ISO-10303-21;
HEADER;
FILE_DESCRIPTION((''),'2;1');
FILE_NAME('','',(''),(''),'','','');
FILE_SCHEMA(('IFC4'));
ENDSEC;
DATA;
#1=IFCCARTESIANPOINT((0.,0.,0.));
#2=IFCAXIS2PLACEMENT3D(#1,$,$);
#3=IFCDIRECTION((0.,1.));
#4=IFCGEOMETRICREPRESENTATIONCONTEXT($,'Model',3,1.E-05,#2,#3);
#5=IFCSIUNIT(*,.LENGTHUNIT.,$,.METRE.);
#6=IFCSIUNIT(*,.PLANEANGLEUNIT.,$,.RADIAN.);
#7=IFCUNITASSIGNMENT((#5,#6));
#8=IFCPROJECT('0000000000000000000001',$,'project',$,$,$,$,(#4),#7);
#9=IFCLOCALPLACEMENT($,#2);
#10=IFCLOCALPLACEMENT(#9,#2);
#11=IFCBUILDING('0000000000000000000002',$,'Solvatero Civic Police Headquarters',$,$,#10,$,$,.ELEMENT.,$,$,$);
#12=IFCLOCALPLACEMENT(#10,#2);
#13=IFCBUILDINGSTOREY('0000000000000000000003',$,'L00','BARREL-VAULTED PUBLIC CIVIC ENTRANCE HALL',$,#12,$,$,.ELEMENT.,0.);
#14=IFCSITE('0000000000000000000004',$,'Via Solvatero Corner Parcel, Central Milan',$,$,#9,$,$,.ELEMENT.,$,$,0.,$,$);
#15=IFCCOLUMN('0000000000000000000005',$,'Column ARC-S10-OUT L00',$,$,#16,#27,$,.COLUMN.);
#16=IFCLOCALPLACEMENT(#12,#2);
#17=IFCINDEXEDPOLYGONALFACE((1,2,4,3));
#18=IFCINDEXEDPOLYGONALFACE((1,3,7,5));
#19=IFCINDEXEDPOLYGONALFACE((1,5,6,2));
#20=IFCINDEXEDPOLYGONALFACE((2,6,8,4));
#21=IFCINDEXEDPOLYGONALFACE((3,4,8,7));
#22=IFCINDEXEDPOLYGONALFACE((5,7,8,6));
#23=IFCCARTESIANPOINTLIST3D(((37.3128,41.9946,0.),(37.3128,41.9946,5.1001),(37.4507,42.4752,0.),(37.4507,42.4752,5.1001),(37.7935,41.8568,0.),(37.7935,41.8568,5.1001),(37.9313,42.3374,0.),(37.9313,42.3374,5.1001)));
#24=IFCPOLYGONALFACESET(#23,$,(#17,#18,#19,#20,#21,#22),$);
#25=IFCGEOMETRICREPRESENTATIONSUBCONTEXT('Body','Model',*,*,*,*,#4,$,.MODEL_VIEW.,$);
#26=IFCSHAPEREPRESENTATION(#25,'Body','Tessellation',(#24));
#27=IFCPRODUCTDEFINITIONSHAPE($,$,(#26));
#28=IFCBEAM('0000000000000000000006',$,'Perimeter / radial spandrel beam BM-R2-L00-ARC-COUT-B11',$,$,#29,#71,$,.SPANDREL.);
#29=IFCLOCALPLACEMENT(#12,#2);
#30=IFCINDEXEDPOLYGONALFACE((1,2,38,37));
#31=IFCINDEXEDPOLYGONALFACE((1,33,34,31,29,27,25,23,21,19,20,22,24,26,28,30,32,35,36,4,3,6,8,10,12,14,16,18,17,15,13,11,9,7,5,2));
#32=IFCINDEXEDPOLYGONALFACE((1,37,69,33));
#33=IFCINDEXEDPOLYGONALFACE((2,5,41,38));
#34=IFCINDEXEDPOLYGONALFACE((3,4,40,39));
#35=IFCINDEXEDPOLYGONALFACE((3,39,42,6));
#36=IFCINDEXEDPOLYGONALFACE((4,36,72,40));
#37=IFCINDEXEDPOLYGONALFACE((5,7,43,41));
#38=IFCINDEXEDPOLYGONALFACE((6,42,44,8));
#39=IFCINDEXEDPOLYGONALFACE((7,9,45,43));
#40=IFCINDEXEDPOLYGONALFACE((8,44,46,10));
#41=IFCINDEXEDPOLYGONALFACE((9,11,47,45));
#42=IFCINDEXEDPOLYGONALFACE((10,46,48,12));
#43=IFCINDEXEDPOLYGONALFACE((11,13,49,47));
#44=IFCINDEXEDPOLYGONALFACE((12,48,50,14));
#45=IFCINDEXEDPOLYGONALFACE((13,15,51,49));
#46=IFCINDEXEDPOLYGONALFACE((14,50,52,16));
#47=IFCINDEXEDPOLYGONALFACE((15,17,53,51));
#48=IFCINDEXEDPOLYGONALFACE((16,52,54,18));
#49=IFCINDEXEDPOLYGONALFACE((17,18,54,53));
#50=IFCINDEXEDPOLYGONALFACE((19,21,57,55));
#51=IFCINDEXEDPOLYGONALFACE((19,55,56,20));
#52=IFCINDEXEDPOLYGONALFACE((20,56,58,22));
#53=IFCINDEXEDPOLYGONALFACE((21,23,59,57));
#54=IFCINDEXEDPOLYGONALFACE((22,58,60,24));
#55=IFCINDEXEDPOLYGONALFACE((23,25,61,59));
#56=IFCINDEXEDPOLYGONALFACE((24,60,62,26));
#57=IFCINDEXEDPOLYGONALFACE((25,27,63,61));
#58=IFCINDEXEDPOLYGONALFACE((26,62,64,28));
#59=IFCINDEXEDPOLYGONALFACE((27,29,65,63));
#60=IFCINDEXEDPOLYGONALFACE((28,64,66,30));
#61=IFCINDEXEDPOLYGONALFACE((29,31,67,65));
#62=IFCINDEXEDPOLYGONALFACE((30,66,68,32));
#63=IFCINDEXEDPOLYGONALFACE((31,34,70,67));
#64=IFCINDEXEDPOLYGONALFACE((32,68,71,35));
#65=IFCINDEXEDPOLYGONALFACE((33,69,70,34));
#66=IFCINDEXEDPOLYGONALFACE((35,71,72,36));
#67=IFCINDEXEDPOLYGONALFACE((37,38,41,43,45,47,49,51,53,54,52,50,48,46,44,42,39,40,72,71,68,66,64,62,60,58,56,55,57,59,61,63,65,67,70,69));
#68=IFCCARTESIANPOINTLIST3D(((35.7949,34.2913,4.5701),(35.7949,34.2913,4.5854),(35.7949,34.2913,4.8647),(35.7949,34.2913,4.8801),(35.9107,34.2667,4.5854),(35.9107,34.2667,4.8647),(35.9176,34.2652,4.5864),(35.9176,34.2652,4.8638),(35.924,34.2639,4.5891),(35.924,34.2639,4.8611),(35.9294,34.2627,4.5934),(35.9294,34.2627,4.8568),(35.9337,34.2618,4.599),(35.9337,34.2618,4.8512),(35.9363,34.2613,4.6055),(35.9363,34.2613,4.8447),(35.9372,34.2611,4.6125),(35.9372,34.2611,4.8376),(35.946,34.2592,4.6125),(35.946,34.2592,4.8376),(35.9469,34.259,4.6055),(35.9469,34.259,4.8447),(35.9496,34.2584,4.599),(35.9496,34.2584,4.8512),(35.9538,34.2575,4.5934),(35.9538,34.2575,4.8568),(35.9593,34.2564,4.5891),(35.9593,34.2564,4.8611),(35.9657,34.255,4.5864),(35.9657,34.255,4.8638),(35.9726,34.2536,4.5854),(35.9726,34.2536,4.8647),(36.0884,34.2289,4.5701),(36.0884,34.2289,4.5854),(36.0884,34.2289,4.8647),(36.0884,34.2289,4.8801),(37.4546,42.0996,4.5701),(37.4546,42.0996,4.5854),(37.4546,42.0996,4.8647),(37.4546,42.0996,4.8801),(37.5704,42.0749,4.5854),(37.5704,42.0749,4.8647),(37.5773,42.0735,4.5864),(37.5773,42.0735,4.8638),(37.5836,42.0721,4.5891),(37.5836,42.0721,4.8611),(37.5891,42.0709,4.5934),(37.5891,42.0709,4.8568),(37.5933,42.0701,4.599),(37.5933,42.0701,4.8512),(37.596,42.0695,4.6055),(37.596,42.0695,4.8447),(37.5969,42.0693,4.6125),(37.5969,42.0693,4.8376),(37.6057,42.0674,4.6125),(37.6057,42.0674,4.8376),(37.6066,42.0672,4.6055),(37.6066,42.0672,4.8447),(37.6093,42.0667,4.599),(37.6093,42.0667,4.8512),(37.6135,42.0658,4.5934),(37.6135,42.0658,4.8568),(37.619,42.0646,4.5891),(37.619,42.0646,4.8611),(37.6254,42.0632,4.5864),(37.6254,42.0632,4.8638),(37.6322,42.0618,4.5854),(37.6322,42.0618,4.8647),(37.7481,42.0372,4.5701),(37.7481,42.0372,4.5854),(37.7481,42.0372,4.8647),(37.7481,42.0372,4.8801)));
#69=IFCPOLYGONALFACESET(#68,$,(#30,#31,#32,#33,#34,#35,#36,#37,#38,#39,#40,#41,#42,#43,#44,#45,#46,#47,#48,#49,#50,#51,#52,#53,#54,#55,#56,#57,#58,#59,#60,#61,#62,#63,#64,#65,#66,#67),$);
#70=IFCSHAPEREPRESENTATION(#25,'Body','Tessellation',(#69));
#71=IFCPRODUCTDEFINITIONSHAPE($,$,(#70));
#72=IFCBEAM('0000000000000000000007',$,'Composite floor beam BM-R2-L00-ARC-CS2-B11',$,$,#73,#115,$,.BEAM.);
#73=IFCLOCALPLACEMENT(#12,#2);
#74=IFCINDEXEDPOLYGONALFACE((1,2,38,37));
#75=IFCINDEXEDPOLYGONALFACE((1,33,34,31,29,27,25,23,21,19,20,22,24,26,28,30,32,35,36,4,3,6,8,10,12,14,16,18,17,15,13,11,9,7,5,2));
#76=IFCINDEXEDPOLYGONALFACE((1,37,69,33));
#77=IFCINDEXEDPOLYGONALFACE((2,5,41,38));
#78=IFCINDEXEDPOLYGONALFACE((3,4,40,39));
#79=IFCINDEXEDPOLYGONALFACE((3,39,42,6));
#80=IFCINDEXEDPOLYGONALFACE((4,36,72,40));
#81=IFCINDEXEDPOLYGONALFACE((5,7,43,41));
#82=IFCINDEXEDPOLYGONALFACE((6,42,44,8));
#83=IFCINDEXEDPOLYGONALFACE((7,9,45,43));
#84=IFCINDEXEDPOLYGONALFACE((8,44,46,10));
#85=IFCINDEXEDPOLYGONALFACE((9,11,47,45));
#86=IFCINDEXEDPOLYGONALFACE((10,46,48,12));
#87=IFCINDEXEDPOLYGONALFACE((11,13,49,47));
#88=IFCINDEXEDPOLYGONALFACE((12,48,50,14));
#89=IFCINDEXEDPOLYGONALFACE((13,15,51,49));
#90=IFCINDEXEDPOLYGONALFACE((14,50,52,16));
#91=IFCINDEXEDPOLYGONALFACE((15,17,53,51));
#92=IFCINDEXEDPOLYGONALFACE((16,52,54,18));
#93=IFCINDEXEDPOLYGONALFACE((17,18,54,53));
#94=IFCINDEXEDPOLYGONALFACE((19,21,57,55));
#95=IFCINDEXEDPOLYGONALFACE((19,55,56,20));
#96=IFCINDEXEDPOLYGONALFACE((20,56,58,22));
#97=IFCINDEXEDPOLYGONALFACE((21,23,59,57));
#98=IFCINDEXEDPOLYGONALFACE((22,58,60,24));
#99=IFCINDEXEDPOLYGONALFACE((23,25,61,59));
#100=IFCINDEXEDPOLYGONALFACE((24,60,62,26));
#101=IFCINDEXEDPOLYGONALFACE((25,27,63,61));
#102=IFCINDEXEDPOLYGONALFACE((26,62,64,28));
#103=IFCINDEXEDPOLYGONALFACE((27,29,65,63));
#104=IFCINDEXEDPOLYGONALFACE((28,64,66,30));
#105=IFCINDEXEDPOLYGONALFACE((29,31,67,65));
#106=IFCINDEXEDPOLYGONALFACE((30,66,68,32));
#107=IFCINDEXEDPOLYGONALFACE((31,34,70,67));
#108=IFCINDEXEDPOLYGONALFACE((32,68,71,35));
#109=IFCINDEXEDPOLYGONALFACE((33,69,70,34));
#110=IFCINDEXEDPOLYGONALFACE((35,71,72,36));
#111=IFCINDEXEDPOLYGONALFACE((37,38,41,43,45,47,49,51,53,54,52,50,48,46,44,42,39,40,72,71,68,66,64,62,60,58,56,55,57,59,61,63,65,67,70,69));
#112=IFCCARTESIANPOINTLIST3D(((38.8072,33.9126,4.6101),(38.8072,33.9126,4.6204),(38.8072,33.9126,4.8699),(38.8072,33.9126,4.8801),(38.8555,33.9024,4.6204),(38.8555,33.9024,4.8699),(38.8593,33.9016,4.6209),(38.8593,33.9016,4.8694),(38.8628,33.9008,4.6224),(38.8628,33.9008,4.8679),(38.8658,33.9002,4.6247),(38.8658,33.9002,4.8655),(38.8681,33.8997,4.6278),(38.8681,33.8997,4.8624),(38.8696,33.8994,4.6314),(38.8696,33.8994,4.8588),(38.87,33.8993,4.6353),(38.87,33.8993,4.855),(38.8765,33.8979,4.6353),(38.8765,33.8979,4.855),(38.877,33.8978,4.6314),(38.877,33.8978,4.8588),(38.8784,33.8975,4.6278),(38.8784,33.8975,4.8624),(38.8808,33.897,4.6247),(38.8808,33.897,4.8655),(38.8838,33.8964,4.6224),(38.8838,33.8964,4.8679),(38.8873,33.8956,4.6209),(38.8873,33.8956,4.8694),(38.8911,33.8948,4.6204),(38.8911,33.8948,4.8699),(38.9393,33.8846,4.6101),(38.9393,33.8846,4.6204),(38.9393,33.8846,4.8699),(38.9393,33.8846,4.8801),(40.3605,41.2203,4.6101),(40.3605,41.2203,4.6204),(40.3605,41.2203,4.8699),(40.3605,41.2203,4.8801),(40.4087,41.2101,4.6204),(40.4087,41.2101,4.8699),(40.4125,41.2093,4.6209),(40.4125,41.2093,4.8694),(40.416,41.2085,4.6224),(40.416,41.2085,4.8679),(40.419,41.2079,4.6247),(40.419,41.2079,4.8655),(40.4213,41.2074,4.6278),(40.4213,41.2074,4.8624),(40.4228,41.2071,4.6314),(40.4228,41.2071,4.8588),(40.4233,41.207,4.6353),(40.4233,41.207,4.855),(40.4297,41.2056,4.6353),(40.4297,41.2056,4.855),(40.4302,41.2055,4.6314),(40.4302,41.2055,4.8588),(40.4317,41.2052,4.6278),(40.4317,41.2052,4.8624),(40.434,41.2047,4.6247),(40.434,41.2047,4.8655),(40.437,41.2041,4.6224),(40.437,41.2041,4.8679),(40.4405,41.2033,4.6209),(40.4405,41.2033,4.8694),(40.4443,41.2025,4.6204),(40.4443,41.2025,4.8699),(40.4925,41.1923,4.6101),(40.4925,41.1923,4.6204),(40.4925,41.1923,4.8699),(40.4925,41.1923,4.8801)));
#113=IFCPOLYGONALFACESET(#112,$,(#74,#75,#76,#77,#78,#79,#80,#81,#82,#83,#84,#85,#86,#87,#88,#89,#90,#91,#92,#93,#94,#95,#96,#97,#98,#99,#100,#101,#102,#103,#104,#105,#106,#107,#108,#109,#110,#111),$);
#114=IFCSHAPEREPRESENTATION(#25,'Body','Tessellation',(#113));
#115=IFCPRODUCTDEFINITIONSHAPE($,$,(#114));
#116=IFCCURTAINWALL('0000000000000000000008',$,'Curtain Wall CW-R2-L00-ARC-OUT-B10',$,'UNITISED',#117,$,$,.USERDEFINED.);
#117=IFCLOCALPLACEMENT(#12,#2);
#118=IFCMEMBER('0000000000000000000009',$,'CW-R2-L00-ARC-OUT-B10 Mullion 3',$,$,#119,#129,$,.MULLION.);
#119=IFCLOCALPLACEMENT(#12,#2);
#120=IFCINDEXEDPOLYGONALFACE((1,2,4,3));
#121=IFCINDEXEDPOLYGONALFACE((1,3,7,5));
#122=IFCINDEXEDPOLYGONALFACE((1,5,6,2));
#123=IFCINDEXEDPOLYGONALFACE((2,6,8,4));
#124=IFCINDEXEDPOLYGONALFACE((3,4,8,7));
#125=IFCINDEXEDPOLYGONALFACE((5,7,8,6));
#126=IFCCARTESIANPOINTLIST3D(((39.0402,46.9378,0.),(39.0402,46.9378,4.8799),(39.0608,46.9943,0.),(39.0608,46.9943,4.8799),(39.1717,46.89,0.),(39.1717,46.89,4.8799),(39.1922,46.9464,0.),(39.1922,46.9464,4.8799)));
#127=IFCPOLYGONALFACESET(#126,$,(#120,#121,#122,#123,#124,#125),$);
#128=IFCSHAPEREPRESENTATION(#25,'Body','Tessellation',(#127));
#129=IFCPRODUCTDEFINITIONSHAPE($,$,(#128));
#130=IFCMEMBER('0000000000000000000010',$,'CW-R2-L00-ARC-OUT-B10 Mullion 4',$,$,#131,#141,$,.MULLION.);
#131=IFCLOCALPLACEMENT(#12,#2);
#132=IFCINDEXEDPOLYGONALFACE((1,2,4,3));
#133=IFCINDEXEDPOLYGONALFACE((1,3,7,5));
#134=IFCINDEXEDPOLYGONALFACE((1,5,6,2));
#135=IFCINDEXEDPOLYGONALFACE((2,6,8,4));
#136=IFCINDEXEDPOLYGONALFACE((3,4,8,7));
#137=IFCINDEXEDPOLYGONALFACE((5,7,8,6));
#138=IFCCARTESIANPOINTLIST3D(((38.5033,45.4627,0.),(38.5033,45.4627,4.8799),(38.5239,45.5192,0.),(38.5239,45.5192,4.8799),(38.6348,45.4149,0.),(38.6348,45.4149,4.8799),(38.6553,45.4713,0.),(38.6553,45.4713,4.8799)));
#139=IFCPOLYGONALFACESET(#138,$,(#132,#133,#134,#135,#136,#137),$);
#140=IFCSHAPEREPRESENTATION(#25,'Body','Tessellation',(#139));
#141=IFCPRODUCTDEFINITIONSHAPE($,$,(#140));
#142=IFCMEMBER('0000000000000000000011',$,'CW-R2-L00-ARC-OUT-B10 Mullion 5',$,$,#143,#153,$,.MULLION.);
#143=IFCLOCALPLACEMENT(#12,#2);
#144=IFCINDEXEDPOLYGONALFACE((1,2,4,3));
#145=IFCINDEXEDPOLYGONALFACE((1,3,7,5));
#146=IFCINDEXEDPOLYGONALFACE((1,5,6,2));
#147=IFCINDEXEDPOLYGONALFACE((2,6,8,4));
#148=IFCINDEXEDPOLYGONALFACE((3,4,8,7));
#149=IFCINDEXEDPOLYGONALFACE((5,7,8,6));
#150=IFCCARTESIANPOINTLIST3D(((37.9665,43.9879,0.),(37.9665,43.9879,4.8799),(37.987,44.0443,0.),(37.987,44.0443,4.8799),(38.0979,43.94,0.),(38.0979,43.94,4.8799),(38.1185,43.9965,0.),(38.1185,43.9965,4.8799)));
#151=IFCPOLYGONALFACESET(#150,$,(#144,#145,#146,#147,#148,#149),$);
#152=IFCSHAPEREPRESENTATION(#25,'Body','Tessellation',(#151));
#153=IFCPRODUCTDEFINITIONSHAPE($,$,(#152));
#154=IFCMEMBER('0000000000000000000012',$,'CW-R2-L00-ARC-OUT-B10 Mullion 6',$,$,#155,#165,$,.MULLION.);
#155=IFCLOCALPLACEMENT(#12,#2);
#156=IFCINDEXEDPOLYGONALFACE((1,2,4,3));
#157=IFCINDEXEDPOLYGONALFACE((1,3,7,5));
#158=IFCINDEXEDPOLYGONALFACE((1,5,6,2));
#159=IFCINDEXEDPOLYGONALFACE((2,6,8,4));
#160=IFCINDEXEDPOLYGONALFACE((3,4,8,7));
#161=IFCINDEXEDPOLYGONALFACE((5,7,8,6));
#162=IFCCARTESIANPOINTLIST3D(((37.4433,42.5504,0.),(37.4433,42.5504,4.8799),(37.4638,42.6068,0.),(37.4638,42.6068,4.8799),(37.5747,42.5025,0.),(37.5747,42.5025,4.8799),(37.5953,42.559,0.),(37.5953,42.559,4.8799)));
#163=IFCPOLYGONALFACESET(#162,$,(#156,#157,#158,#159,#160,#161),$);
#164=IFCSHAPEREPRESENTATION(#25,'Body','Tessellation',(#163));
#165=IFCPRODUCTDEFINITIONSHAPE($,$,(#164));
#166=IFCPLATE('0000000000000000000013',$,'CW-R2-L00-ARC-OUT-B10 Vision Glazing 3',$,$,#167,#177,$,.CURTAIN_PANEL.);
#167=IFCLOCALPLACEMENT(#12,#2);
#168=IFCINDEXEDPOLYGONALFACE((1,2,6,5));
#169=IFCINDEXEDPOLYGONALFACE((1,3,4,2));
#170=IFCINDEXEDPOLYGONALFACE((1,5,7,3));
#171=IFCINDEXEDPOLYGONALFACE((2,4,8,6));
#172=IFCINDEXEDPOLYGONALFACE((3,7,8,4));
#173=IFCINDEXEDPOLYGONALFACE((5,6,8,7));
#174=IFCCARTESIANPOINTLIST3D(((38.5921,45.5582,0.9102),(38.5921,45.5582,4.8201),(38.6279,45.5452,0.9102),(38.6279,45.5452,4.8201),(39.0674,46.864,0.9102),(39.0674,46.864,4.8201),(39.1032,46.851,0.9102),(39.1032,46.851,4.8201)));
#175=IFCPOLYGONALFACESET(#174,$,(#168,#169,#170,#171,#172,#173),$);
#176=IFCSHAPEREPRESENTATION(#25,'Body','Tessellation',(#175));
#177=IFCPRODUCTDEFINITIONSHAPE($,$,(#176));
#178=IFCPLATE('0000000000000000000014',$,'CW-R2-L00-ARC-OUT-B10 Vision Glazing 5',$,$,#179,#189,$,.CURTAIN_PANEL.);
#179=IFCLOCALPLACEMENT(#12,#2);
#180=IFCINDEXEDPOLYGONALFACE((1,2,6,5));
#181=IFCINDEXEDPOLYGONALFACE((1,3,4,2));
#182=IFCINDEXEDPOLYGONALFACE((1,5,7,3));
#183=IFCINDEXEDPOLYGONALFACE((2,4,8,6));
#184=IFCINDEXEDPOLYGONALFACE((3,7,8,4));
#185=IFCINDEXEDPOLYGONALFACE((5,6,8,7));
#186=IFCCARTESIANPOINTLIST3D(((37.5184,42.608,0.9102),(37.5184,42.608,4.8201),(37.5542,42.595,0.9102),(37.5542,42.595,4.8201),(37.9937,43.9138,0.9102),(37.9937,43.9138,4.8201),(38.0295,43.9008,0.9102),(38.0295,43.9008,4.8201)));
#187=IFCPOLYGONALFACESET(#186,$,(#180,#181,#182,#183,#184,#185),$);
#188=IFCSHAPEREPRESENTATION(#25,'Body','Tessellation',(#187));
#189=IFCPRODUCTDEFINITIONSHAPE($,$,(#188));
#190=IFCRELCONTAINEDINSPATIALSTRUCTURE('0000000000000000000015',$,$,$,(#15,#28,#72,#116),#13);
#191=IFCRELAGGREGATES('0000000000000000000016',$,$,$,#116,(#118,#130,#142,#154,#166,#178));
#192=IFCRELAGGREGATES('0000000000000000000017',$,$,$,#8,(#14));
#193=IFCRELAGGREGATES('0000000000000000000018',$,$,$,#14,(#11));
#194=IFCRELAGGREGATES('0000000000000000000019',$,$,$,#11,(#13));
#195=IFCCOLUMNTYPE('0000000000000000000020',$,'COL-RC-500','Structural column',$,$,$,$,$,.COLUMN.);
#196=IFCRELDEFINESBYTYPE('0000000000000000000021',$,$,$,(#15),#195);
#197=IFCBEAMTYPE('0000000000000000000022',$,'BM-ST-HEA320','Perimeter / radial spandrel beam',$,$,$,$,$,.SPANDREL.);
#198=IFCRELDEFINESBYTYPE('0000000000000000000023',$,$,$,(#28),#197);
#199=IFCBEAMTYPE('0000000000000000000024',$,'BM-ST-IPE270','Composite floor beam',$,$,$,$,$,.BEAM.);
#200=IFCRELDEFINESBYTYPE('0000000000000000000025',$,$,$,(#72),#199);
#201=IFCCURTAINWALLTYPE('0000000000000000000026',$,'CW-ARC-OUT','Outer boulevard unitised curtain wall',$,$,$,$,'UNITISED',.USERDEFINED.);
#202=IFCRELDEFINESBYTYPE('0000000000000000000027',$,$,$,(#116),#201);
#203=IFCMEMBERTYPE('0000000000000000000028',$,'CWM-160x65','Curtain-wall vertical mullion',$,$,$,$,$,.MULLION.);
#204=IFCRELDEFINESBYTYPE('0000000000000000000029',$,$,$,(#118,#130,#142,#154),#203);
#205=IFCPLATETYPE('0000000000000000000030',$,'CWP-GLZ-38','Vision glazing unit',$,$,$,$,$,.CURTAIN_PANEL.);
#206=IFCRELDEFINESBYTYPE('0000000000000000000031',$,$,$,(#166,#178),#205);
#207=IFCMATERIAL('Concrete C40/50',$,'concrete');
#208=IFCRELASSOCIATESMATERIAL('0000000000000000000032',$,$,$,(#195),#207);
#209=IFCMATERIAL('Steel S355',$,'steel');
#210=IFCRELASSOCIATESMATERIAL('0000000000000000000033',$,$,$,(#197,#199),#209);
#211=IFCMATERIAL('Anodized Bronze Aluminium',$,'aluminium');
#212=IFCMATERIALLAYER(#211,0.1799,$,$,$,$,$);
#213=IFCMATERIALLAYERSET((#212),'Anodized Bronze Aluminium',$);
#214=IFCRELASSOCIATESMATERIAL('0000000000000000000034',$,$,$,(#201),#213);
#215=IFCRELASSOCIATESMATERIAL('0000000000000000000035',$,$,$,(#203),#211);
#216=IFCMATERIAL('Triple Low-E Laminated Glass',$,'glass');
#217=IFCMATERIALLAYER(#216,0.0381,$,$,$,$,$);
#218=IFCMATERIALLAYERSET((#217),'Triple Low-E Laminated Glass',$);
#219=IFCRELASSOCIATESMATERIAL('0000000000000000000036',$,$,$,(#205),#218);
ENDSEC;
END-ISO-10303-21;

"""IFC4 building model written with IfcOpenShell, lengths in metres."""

from ifc_helpers import new_model, si_unit, direction, frame, origin, origin_2d, place, context, subcontext, project, spatial, rectangle, i_section, extrude, material, layer, layer_set, material_profile, profile_set, type_object, element, aggregate, save


model = new_model("IFC4")

# Units and contexts
model_context = context("Model", 3, precision=1e-05, world=origin(), true_north=direction((0.0, 1.0)))
body_context = subcontext(model_context, "Body", "Model", "MODEL_VIEW")
ifc_project = project(units=[si_unit("LENGTHUNIT", "METRE"), si_unit("PLANEANGLEUNIT", "RADIAN")], contexts=[model_context])

# Site, building, storey
site_placement = place(None, origin())
site = spatial("IfcSite", under=ifc_project, at=site_placement, Name="Via Solvatero Corner Parcel, Central Milan", CompositionType="ELEMENT", RefElevation=0.0)
building_placement = place(site_placement, origin())
building = spatial("IfcBuilding", under=site, at=building_placement, Name="Solvatero Civic Police Headquarters", CompositionType="ELEMENT")
storey_placement = place(building_placement, origin())
storey = spatial("IfcBuildingStorey", under=building, at=storey_placement, Name="L00", Description="BARREL-VAULTED PUBLIC CIVIC ENTRANCE HALL", CompositionType="ELEMENT", Elevation=0.0)

# Column
ifc_material_1 = material(Name="Concrete C40/50", Category="concrete")
ifc_material_profile_1 = material_profile(ifc_material_1, rectangle(XDim=0.5, YDim=0.5, at=origin_2d()), Name="RC 500x500")
ifc_profile_set_1 = profile_set([ifc_material_profile_1], Name="Concrete C40/50")
column_type = type_object("IfcColumnType", Name="COL-RC-500", Description="Structural column", PredefinedType="COLUMN", material=ifc_profile_set_1)
column_placement = place(storey_placement, frame((37.6221, 42.166, 0.0), z_axis=(0.0, 0.0, 1.0), x_axis=(0.275637, 0.961262, 0.0)))
element("IfcColumn", 1, at=column_placement, inside=storey, type_object=column_type, Name="Column ARC-S10-OUT L00", PredefinedType="COLUMN", context=body_context, shape_type="SweptSolid", body=[
    extrude(rectangle(XDim=0.5, YDim=0.5, at=origin_2d()), origin(), (0.0, 0.0, 1.0), 5.1001),
])

# Beams
ifc_material_2 = material(Name="Steel S355", Category="steel")
ifc_material_profile_2 = material_profile(ifc_material_2, i_section(OverallWidth=0.3, OverallDepth=0.3101, WebThickness=0.009, FlangeThickness=0.0154, FilletRadius=0.0271, at=origin_2d()), Name="HEA 320")
ifc_profile_set_2 = profile_set([ifc_material_profile_2], Name="Steel S355")
beam_type_1 = type_object("IfcBeamType", Name="BM-ST-HEA320", Description="Perimeter / radial spandrel beam", PredefinedType="SPANDREL", material=ifc_profile_set_2)
beam_1_placement = place(storey_placement, frame((37.6013, 42.0684, 4.7251), z_axis=(-0.207912, -0.978148, 0.0), x_axis=(0.978148, -0.207912, 0.0)))
element("IfcBeam", 2, at=beam_1_placement, inside=storey, type_object=beam_type_1, Name="Perimeter / radial spandrel beam BM-R2-L00-ARC-COUT-B11", PredefinedType="SPANDREL", context=body_context, shape_type="SweptSolid", body=[
    extrude(i_section(OverallWidth=0.3, OverallDepth=0.3101, WebThickness=0.009, FlangeThickness=0.0154, FilletRadius=0.0271, at=origin_2d()), origin(), (0.0, 0.0, 1.0), 7.9827),
])
ifc_material_profile_3 = material_profile(ifc_material_2, i_section(OverallWidth=0.135, OverallDepth=0.27, WebThickness=0.0066, FlangeThickness=0.0103, FilletRadius=0.0149, at=origin_2d()), Name="IPE 270")
ifc_profile_set_3 = profile_set([ifc_material_profile_3], Name="Steel S355")
beam_type_2 = type_object("IfcBeamType", Name="BM-ST-IPE270", Description="Composite floor beam", PredefinedType="BEAM", material=ifc_profile_set_3)
beam_2_placement = place(storey_placement, frame((40.4265, 41.2063, 4.7451), z_axis=(-0.207904, -0.978149, 0.0), x_axis=(0.978149, -0.207904, 0.0)))
element("IfcBeam", 3, at=beam_2_placement, inside=storey, type_object=beam_type_2, Name="Composite floor beam BM-R2-L00-ARC-CS2-B11", PredefinedType="BEAM", context=body_context, shape_type="SweptSolid", body=[
    extrude(i_section(OverallWidth=0.135, OverallDepth=0.27, WebThickness=0.0066, FlangeThickness=0.0103, FilletRadius=0.0149, at=origin_2d()), origin(), (0.0, 0.0, 1.0), 7.4709),
])

# Curtain wall, members, plates
ifc_material_3 = material(Name="Anodized Bronze Aluminium", Category="aluminium")
ifc_layer_1 = layer(ifc_material_3, 0.1799)
ifc_layer_set_1 = layer_set([ifc_layer_1], Name="Anodized Bronze Aluminium")
curtain_wall_type = type_object("IfcCurtainWallType", Name="CW-ARC-OUT", Description="Outer boulevard unitised curtain wall", ElementType="UNITISED", PredefinedType="USERDEFINED", material=ifc_layer_set_1)
curtain_wall_placement = place(storey_placement, origin())
curtain_wall = element("IfcCurtainWall", 4, at=curtain_wall_placement, inside=storey, type_object=curtain_wall_type, Name="Curtain Wall CW-R2-L00-ARC-OUT-B10", ObjectType="UNITISED", PredefinedType="USERDEFINED")
ifc_material_profile_4 = material_profile(ifc_material_3, rectangle(XDim=0.0601, YDim=0.1399, at=origin_2d()), Name="ALU MULLION 60x140")
ifc_profile_set_4 = profile_set([ifc_material_profile_4], Name="Anodized Bronze Aluminium")
member_type = type_object("IfcMemberType", Name="CWM-160x65", Description="Curtain-wall vertical mullion", PredefinedType="MULLION", material=ifc_profile_set_4)
member_1_placement = place(storey_placement, frame((39.1162, 46.9421, 0.0), z_axis=(0.0, 0.0, 1.0), x_axis=(-0.342004, -0.939699, 0.0)))
member_1 = element("IfcMember", 5, at=member_1_placement, type_object=member_type, Name="CW-R2-L00-ARC-OUT-B10 Mullion 3", PredefinedType="MULLION", context=body_context, shape_type="SweptSolid", body=[
    extrude(rectangle(XDim=0.0601, YDim=0.1399, at=origin_2d()), origin(), (0.0, 0.0, 1.0), 4.8799),
])
member_2_placement = place(storey_placement, frame((38.5793, 45.467, 0.0), z_axis=(0.0, 0.0, 1.0), x_axis=(-0.342004, -0.939699, 0.0)))
member_2 = element("IfcMember", 6, at=member_2_placement, type_object=member_type, Name="CW-R2-L00-ARC-OUT-B10 Mullion 4", PredefinedType="MULLION", context=body_context, shape_type="SweptSolid", body=[
    extrude(rectangle(XDim=0.0601, YDim=0.1399, at=origin_2d()), origin(), (0.0, 0.0, 1.0), 4.8799),
])
member_3_placement = place(storey_placement, frame((38.0425, 43.9922, 0.0), z_axis=(0.0, 0.0, 1.0), x_axis=(-0.342004, -0.939699, 0.0)))
member_3 = element("IfcMember", 7, at=member_3_placement, type_object=member_type, Name="CW-R2-L00-ARC-OUT-B10 Mullion 5", PredefinedType="MULLION", context=body_context, shape_type="SweptSolid", body=[
    extrude(rectangle(XDim=0.0601, YDim=0.1399, at=origin_2d()), origin(), (0.0, 0.0, 1.0), 4.8799),
])
member_4_placement = place(storey_placement, frame((37.5193, 42.5547, 0.0), z_axis=(0.0, 0.0, 1.0), x_axis=(-0.342004, -0.939699, 0.0)))
member_4 = element("IfcMember", 8, at=member_4_placement, type_object=member_type, Name="CW-R2-L00-ARC-OUT-B10 Mullion 6", PredefinedType="MULLION", context=body_context, shape_type="SweptSolid", body=[
    extrude(rectangle(XDim=0.0601, YDim=0.1399, at=origin_2d()), origin(), (0.0, 0.0, 1.0), 4.8799),
])
ifc_material_4 = material(Name="Triple Low-E Laminated Glass", Category="glass")
ifc_layer_2 = layer(ifc_material_4, 0.0381)
ifc_layer_set_2 = layer_set([ifc_layer_2], Name="Triple Low-E Laminated Glass")
plate_type_1 = type_object("IfcPlateType", Name="CWP-GLZ-38", Description="Vision glazing unit", PredefinedType="CURTAIN_PANEL", material=ifc_layer_set_2)
plate_1_placement = place(storey_placement, frame((38.8477, 46.2046, 0.9102), z_axis=(0.0, 0.0, 1.0), x_axis=(-0.342004, -0.939699, 0.0)))
plate_1 = element("IfcPlate", 9, at=plate_1_placement, type_object=plate_type_1, Name="CW-R2-L00-ARC-OUT-B10 Vision Glazing 3", PredefinedType="CURTAIN_PANEL", context=body_context, shape_type="SweptSolid", body=[
    extrude(rectangle(XDim=1.3896, YDim=0.0381, at=origin_2d()), origin(), (0.0, 0.0, 1.0), 3.9099),
])
plate_2_placement = place(storey_placement, frame((37.7739, 43.2544, 0.9102), z_axis=(0.0, 0.0, 1.0), x_axis=(-0.342004, -0.939699, 0.0)))
plate_2 = element("IfcPlate", 10, at=plate_2_placement, type_object=plate_type_1, Name="CW-R2-L00-ARC-OUT-B10 Vision Glazing 5", PredefinedType="CURTAIN_PANEL", context=body_context, shape_type="SweptSolid", body=[
    extrude(rectangle(XDim=1.3896, YDim=0.0381, at=origin_2d()), origin(), (0.0, 0.0, 1.0), 3.9099),
])
aggregate(curtain_wall, [member_1, member_2, member_3, member_4, plate_1, plate_2])

save(model, "model.ifc")
